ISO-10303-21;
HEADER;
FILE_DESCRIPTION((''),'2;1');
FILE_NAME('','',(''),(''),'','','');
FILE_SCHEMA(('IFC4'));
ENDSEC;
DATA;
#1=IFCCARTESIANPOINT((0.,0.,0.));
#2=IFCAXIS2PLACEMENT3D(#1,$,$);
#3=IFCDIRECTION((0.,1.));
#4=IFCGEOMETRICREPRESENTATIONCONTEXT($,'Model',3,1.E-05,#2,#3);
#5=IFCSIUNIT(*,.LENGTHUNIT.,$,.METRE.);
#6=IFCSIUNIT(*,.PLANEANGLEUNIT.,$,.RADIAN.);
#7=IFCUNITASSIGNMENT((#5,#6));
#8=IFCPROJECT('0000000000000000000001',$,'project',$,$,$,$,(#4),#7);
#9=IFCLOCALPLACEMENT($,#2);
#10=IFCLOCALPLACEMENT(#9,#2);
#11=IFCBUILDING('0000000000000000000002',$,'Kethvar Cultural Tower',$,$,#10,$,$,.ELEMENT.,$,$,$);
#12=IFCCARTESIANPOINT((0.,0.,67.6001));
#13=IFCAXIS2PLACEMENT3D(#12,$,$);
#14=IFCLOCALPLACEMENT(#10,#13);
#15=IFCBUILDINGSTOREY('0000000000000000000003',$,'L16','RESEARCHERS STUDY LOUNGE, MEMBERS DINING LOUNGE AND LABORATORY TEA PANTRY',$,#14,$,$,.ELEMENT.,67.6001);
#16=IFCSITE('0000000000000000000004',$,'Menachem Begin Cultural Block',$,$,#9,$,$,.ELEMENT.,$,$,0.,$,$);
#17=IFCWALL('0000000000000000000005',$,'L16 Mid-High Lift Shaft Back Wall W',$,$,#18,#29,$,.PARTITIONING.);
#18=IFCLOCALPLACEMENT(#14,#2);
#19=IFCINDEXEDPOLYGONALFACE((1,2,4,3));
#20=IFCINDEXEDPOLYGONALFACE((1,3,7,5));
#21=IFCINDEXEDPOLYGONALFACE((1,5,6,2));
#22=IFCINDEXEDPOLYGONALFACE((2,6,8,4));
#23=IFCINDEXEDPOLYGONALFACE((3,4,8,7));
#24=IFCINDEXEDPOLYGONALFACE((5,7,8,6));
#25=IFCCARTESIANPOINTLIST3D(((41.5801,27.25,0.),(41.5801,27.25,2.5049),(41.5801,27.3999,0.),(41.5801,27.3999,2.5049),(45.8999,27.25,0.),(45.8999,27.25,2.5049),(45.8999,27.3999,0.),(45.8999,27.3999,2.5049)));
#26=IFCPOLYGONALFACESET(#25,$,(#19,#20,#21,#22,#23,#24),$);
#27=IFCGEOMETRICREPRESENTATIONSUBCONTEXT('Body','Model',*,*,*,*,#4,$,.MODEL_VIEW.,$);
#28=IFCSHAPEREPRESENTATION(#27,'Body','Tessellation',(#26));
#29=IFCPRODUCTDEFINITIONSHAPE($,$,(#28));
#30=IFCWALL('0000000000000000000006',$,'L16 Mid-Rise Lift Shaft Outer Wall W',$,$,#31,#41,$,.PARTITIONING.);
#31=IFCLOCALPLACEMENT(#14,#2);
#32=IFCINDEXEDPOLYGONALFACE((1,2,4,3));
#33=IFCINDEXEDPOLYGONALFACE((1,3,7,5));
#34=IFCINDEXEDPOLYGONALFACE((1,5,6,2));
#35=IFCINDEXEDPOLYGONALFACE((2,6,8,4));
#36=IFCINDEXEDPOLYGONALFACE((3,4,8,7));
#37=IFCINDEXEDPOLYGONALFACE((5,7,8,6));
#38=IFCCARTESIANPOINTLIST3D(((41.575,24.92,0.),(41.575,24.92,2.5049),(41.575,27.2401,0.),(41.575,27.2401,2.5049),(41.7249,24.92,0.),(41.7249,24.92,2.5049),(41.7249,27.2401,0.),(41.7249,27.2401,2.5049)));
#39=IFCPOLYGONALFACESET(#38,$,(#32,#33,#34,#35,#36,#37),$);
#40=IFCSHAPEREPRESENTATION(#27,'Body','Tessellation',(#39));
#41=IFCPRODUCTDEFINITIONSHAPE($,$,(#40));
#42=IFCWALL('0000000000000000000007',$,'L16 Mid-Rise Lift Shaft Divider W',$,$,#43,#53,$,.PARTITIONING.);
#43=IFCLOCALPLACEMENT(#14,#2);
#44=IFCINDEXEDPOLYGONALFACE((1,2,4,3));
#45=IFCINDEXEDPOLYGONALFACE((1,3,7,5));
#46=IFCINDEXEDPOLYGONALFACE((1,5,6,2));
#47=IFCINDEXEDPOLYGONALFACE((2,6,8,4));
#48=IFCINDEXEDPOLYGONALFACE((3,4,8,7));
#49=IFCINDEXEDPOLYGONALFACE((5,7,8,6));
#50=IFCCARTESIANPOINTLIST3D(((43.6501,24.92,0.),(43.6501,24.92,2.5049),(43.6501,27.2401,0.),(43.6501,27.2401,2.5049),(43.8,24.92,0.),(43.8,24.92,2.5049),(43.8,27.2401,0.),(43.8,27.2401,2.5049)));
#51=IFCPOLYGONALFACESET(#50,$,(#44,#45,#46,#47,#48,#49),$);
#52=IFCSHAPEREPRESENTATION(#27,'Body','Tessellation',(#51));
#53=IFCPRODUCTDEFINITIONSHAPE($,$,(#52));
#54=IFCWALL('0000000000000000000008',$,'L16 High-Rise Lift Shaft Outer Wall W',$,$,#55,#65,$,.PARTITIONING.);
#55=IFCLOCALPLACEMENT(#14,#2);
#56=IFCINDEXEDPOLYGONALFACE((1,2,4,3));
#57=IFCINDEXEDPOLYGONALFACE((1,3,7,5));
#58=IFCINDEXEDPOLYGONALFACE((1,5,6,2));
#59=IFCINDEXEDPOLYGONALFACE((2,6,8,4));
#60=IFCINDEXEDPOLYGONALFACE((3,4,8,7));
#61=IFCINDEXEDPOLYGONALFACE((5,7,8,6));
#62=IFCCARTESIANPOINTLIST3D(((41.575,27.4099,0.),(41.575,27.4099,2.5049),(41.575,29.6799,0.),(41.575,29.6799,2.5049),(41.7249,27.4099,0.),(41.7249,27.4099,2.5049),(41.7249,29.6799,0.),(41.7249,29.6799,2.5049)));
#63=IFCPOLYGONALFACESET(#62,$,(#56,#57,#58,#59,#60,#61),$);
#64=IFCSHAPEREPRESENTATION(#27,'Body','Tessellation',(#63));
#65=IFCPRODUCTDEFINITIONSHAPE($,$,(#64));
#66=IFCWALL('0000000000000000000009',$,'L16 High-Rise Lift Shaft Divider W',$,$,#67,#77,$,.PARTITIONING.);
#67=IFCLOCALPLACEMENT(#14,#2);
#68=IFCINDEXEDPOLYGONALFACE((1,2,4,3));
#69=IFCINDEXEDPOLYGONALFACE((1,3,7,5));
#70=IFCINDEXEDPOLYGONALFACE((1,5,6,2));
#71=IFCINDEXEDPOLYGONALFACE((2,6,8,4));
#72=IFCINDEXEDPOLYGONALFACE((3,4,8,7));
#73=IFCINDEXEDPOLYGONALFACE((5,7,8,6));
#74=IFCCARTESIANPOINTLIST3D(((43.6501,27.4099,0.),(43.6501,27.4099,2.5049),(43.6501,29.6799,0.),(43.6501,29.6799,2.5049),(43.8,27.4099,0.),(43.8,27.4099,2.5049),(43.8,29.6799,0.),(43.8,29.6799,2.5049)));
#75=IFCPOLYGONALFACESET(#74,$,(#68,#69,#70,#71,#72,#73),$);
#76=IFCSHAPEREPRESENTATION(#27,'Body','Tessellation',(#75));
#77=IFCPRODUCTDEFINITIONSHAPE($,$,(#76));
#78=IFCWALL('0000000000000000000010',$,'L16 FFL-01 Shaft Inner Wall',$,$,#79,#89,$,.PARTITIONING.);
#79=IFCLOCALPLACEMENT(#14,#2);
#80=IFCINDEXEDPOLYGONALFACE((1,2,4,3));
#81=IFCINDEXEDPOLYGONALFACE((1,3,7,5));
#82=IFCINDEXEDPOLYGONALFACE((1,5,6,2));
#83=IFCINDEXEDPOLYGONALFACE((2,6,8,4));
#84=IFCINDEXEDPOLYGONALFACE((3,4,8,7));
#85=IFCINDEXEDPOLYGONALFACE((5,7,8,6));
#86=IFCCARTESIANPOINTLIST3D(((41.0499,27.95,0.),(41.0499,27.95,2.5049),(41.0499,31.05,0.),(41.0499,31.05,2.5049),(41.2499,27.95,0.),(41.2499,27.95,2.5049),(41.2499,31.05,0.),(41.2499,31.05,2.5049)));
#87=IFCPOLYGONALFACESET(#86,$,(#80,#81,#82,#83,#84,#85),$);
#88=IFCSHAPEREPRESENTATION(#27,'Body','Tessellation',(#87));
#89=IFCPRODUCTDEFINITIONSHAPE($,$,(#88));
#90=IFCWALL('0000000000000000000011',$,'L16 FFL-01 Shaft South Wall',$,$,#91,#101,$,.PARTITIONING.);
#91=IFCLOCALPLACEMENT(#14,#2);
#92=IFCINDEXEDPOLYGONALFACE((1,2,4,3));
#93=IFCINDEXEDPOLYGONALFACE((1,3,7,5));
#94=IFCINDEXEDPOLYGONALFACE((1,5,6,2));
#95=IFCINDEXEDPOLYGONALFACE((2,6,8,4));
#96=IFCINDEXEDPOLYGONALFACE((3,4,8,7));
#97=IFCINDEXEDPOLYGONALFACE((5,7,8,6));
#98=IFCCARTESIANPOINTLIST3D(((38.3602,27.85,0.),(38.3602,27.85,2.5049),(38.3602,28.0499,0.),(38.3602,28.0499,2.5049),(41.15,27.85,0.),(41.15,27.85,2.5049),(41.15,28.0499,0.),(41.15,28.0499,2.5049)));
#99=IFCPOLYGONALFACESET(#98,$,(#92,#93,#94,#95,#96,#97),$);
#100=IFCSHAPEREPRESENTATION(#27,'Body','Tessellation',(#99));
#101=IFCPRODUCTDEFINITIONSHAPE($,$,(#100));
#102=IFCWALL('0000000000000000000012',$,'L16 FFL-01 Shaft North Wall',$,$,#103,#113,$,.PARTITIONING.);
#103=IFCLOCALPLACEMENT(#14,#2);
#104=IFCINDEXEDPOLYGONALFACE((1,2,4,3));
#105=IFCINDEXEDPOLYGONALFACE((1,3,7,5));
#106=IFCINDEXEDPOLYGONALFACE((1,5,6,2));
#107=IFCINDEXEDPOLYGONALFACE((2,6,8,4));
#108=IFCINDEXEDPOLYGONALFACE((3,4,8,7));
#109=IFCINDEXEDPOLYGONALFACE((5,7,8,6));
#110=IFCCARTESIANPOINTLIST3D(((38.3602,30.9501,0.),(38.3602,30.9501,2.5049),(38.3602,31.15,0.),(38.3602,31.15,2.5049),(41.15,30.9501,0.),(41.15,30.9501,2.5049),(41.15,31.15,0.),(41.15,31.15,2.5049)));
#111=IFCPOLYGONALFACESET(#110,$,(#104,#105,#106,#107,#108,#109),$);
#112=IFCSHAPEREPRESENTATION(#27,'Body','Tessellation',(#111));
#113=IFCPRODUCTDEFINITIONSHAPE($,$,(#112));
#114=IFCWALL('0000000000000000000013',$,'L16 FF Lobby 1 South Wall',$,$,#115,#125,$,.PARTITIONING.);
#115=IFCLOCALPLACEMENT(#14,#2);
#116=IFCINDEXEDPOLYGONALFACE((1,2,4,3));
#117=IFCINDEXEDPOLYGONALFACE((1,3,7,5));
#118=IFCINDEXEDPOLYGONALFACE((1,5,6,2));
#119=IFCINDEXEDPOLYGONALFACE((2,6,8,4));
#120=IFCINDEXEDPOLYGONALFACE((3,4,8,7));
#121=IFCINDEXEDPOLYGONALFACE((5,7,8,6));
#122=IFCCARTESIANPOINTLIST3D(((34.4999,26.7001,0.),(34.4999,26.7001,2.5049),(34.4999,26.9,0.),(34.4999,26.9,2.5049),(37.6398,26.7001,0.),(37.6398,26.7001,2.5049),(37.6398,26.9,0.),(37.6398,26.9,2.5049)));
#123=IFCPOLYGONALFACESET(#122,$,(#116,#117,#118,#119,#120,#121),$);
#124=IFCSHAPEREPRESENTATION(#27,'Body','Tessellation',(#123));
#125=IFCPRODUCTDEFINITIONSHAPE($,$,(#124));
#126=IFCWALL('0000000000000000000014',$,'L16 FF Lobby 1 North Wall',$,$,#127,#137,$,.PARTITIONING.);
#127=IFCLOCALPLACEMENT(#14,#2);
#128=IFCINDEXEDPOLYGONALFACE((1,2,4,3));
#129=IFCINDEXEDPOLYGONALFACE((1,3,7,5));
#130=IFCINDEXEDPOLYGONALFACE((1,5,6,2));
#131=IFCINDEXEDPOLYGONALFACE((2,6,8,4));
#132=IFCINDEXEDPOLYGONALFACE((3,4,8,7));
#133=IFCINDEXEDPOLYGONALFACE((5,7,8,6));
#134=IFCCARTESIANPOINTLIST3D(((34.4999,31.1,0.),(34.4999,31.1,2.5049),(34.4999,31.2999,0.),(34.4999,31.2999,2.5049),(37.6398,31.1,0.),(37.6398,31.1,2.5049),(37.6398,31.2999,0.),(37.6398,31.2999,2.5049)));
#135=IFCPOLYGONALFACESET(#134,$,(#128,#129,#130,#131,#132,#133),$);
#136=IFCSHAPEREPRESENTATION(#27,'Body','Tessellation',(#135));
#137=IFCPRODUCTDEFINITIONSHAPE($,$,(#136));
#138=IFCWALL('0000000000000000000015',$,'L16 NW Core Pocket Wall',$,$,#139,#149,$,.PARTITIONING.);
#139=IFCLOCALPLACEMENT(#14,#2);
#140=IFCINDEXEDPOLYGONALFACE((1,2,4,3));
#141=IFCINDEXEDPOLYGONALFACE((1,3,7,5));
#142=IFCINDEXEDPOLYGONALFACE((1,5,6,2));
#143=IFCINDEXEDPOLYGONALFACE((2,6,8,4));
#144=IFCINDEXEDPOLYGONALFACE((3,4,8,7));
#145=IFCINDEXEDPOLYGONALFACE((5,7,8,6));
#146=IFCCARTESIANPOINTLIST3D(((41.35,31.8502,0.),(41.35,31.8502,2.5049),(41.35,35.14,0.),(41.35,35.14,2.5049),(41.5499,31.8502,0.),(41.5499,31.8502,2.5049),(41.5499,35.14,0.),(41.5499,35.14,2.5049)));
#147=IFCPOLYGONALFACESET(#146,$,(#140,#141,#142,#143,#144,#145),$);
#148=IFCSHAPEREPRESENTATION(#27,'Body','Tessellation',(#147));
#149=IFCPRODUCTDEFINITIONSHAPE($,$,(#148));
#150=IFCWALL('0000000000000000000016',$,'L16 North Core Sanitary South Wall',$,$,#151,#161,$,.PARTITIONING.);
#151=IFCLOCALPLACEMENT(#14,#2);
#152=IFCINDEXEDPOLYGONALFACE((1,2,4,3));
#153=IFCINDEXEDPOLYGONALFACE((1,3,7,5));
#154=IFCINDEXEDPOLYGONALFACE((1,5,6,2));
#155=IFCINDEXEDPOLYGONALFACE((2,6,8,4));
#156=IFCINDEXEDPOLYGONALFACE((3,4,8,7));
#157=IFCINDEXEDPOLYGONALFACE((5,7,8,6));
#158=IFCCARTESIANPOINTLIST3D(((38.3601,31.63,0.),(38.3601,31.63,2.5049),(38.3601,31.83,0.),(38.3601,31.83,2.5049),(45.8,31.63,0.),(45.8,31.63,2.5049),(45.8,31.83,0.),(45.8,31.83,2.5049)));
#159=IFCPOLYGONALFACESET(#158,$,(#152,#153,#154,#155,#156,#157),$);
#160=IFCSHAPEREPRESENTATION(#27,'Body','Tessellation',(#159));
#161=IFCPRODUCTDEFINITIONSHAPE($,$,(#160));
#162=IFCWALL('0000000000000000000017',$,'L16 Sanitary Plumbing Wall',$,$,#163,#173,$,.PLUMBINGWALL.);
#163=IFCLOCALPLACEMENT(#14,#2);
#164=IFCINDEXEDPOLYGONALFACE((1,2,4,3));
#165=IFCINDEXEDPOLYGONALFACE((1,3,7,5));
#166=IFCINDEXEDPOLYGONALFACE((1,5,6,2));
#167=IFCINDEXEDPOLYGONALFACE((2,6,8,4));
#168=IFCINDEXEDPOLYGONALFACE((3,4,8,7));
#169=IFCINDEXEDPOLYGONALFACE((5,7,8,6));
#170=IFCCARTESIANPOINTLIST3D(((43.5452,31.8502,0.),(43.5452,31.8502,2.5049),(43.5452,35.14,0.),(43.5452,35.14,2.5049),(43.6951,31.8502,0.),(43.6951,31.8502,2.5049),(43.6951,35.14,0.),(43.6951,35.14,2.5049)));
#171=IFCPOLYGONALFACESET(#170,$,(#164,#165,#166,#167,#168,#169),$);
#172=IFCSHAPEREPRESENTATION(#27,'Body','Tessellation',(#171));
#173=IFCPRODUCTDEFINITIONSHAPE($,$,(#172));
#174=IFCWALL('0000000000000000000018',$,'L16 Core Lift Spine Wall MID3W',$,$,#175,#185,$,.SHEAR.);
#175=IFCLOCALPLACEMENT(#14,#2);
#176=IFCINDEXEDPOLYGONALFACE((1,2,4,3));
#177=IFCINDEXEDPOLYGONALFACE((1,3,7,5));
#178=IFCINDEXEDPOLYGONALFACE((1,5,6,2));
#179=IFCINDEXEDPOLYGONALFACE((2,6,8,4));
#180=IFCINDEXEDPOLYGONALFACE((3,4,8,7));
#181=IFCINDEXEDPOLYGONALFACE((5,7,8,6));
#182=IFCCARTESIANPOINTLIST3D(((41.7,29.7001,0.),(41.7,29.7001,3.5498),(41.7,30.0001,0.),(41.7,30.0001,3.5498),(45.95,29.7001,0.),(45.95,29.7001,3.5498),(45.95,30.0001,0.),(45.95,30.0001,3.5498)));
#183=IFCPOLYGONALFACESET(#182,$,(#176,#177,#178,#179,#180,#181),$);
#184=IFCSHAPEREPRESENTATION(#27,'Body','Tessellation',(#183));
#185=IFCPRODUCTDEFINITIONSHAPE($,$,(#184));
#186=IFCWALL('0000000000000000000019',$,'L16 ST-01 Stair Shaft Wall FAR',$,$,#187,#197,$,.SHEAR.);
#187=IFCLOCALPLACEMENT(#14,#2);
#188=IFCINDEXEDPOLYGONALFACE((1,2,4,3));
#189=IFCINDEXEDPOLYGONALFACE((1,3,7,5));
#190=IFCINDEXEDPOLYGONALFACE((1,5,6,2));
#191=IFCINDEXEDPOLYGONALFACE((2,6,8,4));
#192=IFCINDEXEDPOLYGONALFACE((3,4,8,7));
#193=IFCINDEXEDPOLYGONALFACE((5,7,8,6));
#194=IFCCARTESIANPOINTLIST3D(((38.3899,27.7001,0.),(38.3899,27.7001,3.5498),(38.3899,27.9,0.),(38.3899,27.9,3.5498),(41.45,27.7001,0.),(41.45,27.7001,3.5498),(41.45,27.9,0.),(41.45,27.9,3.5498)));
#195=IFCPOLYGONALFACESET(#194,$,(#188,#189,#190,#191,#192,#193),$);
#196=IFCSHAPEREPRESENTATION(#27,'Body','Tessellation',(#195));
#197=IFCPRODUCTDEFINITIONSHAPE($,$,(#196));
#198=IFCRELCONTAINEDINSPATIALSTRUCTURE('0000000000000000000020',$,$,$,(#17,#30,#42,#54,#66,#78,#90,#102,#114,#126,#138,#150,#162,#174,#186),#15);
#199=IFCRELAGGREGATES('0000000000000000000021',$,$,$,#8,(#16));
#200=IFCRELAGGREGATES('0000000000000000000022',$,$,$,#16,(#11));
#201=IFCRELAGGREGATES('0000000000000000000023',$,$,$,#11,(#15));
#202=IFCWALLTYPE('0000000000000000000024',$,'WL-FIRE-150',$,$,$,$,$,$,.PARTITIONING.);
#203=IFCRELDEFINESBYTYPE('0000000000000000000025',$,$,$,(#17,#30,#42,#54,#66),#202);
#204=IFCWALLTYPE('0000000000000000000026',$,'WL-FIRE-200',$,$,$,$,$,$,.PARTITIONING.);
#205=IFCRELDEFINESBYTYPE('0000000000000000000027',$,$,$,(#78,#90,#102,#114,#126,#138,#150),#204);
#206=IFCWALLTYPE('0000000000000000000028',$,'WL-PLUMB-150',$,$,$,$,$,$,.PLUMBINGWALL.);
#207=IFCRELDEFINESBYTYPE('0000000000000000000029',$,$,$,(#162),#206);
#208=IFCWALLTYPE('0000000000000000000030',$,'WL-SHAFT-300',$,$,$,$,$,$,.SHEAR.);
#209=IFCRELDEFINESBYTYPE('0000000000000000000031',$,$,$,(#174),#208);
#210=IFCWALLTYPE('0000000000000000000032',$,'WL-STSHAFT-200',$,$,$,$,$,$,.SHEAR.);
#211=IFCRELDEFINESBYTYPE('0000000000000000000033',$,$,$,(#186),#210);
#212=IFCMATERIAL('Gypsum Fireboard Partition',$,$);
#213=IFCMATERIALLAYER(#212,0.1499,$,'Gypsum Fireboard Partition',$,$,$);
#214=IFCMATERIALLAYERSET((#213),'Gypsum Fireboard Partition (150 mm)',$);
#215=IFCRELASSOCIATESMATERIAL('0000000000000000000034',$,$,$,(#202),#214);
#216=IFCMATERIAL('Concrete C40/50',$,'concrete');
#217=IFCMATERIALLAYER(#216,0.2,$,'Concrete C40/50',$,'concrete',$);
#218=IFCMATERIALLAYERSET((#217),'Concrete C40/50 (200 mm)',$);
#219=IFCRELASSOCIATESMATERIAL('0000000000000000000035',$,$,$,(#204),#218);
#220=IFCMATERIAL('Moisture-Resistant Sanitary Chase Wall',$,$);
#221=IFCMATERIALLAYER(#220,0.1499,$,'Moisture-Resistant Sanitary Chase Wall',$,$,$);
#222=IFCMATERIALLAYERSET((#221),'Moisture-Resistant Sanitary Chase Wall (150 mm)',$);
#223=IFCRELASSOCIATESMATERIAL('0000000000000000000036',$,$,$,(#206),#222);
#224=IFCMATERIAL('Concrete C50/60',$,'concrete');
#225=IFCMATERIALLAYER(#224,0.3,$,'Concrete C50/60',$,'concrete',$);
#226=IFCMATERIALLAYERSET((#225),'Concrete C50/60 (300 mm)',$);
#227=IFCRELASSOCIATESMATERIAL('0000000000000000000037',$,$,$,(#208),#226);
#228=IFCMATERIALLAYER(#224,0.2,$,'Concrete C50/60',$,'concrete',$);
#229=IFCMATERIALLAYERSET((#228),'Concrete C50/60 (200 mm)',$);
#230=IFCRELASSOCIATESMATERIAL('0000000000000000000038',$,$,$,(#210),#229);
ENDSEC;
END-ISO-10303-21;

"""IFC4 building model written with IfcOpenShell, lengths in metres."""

from ifc_helpers import new_model, si_unit, direction, frame, frame_2d, origin, place, context, subcontext, project, spatial, rectangle, extrude, material, layer, layer_set, type_object, element, save


model = new_model("IFC4")

# Units and contexts
model_context = context("Model", 3, precision=1e-05, world=origin(), true_north=direction((0.0, 1.0)))
body_context = subcontext(model_context, "Body", "Model", "MODEL_VIEW")
ifc_project = project(units=[si_unit("LENGTHUNIT", "METRE"), si_unit("PLANEANGLEUNIT", "RADIAN")], contexts=[model_context])

# Site, building, storey
site_placement = place(None, origin())
site = spatial("IfcSite", under=ifc_project, at=site_placement, Name="Menachem Begin Cultural Block", CompositionType="ELEMENT", RefElevation=0.0)
building_placement = place(site_placement, origin())
building = spatial("IfcBuilding", under=site, at=building_placement, Name="Kethvar Cultural Tower", CompositionType="ELEMENT")
storey_placement = place(building_placement, frame((0.0, 0.0, 67.6001)))
storey = spatial("IfcBuildingStorey", under=building, at=storey_placement, Name="L16", Description="RESEARCHERS STUDY LOUNGE, MEMBERS DINING LOUNGE AND LABORATORY TEA PANTRY", CompositionType="ELEMENT", Elevation=67.6001)

# Walls
ifc_material_1 = material(Name="Gypsum Fireboard Partition")
ifc_layer_1 = layer(ifc_material_1, 0.1499, Name="Gypsum Fireboard Partition")
ifc_layer_set_1 = layer_set([ifc_layer_1], Name="Gypsum Fireboard Partition (150 mm)")
wall_type_1 = type_object("IfcWallType", Name="WL-FIRE-150", PredefinedType="PARTITIONING", material=ifc_layer_set_1)
wall_1_placement = place(storey_placement, frame((41.5801, 27.325, 0.0), z_axis=(0.0, 0.0, 1.0), x_axis=(1.0, 0.0, 0.0)))
element("IfcWall", 1, at=wall_1_placement, inside=storey, type_object=wall_type_1, Name="L16 Mid-High Lift Shaft Back Wall W", PredefinedType="PARTITIONING", context=body_context, shape_type="SweptSolid", body=[
    extrude(rectangle(XDim=4.3198, YDim=0.1499, at=frame_2d((2.1599, 0.0))), origin(), (0.0, 0.0, 1.0), 2.5049),
])
for number, where, z_axis, x_axis, name in (
    (2, (41.6499, 24.9199, 0.0), (0.0, 0.0, 1.0), (0.0, 1.0, 0.0), "L16 Mid-Rise Lift Shaft Outer Wall W"),
    (3, (43.7251, 24.9199, 0.0), (0.0, 0.0, 1.0), (0.0, 1.0, 0.0), "L16 Mid-Rise Lift Shaft Divider W"),
):
    element("IfcWall", number, at=place(storey_placement, frame(where, z_axis=z_axis, x_axis=x_axis)), inside=storey, type_object=wall_type_1, Name=name, PredefinedType="PARTITIONING", context=body_context, shape_type="SweptSolid", body=[
        extrude(rectangle(XDim=2.3201, YDim=0.1499, at=frame_2d((1.1602, 0.0))), origin(), (0.0, 0.0, 1.0), 2.5049),
    ])
for number, where, z_axis, x_axis, name in (
    (4, (41.6499, 27.4099, 0.0), (0.0, 0.0, 1.0), (0.0, 1.0, 0.0), "L16 High-Rise Lift Shaft Outer Wall W"),
    (5, (43.7251, 27.4099, 0.0), (0.0, 0.0, 1.0), (0.0, 1.0, 0.0), "L16 High-Rise Lift Shaft Divider W"),
):
    element("IfcWall", number, at=place(storey_placement, frame(where, z_axis=z_axis, x_axis=x_axis)), inside=storey, type_object=wall_type_1, Name=name, PredefinedType="PARTITIONING", context=body_context, shape_type="SweptSolid", body=[
        extrude(rectangle(XDim=2.27, YDim=0.1499, at=frame_2d((1.135, 0.0))), origin(), (0.0, 0.0, 1.0), 2.5049),
    ])
ifc_material_2 = material(Name="Concrete C40/50", Category="concrete")
ifc_layer_2 = layer(ifc_material_2, 0.2, Name="Concrete C40/50", Category="concrete")
ifc_layer_set_2 = layer_set([ifc_layer_2], Name="Concrete C40/50 (200 mm)")
wall_type_2 = type_object("IfcWallType", Name="WL-FIRE-200", PredefinedType="PARTITIONING", material=ifc_layer_set_2)
wall_2_placement = place(storey_placement, frame((41.1499, 27.95, 0.0), z_axis=(0.0, 0.0, 1.0), x_axis=(0.0, 1.0, 0.0)))
element("IfcWall", 6, at=wall_2_placement, inside=storey, type_object=wall_type_2, Name="L16 FFL-01 Shaft Inner Wall", PredefinedType="PARTITIONING", context=body_context, shape_type="SweptSolid", body=[
    extrude(rectangle(XDim=3.1001, YDim=0.2, at=frame_2d((1.55, 0.0))), origin(), (0.0, 0.0, 1.0), 2.5049),
])
for number, where, z_axis, x_axis, name in (
    (7, (38.3601, 27.95, 0.0), (0.0, 0.0, 1.0), (1.0, 0.0, 0.0), "L16 FFL-01 Shaft South Wall"),
    (8, (38.3601, 31.05, 0.0), (0.0, 0.0, 1.0), (1.0, 0.0, 0.0), "L16 FFL-01 Shaft North Wall"),
):
    element("IfcWall", number, at=place(storey_placement, frame(where, z_axis=z_axis, x_axis=x_axis)), inside=storey, type_object=wall_type_2, Name=name, PredefinedType="PARTITIONING", context=body_context, shape_type="SweptSolid", body=[
        extrude(rectangle(XDim=2.7898, YDim=0.2, at=frame_2d((1.395, 0.0))), origin(), (0.0, 0.0, 1.0), 2.5049),
    ])

# Walls
for number, where, z_axis, x_axis, name in (
    (9, (34.5, 26.8, 0.0), (0.0, 0.0, 1.0), (1.0, 0.0, 0.0), "L16 FF Lobby 1 South Wall"),
    (10, (34.5, 31.2, 0.0), (0.0, 0.0, 1.0), (1.0, 0.0, 0.0), "L16 FF Lobby 1 North Wall"),
):
    element("IfcWall", number, at=place(storey_placement, frame(where, z_axis=z_axis, x_axis=x_axis)), inside=storey, type_object=wall_type_2, Name=name, PredefinedType="PARTITIONING", context=body_context, shape_type="SweptSolid", body=[
        extrude(rectangle(XDim=3.1399, YDim=0.2, at=frame_2d((1.5698, 0.0))), origin(), (0.0, 0.0, 1.0), 2.5049),
    ])
wall_3_placement = place(storey_placement, frame((41.45, 31.8501, 0.0), z_axis=(0.0, 0.0, 1.0), x_axis=(0.0, 1.0, 0.0)))
element("IfcWall", 11, at=wall_3_placement, inside=storey, type_object=wall_type_2, Name="L16 NW Core Pocket Wall", PredefinedType="PARTITIONING", context=body_context, shape_type="SweptSolid", body=[
    extrude(rectangle(XDim=3.2898, YDim=0.2, at=frame_2d((1.645, 0.0))), origin(), (0.0, 0.0, 1.0), 2.5049),
])
wall_4_placement = place(storey_placement, frame((38.3601, 31.73, 0.0), z_axis=(0.0, 0.0, 1.0), x_axis=(1.0, 0.0, 0.0)))
element("IfcWall", 12, at=wall_4_placement, inside=storey, type_object=wall_type_2, Name="L16 North Core Sanitary South Wall", PredefinedType="PARTITIONING", context=body_context, shape_type="SweptSolid", body=[
    extrude(rectangle(XDim=7.4399, YDim=0.2, at=frame_2d((3.72, 0.0))), origin(), (0.0, 0.0, 1.0), 2.5049),
])
ifc_material_3 = material(Name="Moisture-Resistant Sanitary Chase Wall")
ifc_layer_3 = layer(ifc_material_3, 0.1499, Name="Moisture-Resistant Sanitary Chase Wall")
ifc_layer_set_3 = layer_set([ifc_layer_3], Name="Moisture-Resistant Sanitary Chase Wall (150 mm)")
wall_type_3 = type_object("IfcWallType", Name="WL-PLUMB-150", PredefinedType="PLUMBINGWALL", material=ifc_layer_set_3)
wall_5_placement = place(storey_placement, frame((43.6201, 31.8501, 0.0), z_axis=(0.0, 0.0, 1.0), x_axis=(0.0, 1.0, 0.0)))
element("IfcWall", 13, at=wall_5_placement, inside=storey, type_object=wall_type_3, Name="L16 Sanitary Plumbing Wall", PredefinedType="PLUMBINGWALL", context=body_context, shape_type="SweptSolid", body=[
    extrude(rectangle(XDim=3.2898, YDim=0.1499, at=frame_2d((1.645, 0.0))), origin(), (0.0, 0.0, 1.0), 2.5049),
])
ifc_material_4 = material(Name="Concrete C50/60", Category="concrete")
ifc_layer_4 = layer(ifc_material_4, 0.3, Name="Concrete C50/60", Category="concrete")
ifc_layer_set_4 = layer_set([ifc_layer_4], Name="Concrete C50/60 (300 mm)")
wall_type_4 = type_object("IfcWallType", Name="WL-SHAFT-300", PredefinedType="SHEAR", material=ifc_layer_set_4)
wall_6_placement = place(storey_placement, frame((41.7, 29.8501, 0.0), z_axis=(0.0, 0.0, 1.0), x_axis=(1.0, 0.0, 0.0)))
element("IfcWall", 14, at=wall_6_placement, inside=storey, type_object=wall_type_4, Name="L16 Core Lift Spine Wall MID3W", PredefinedType="SHEAR", context=body_context, shape_type="SweptSolid", body=[
    extrude(rectangle(XDim=4.25, YDim=0.3, at=frame_2d((2.125, 0.0))), origin(), (0.0, 0.0, 1.0), 3.5498),
])
ifc_layer_5 = layer(ifc_material_4, 0.2, Name="Concrete C50/60", Category="concrete")
ifc_layer_set_5 = layer_set([ifc_layer_5], Name="Concrete C50/60 (200 mm)")
wall_type_5 = type_object("IfcWallType", Name="WL-STSHAFT-200", PredefinedType="SHEAR", material=ifc_layer_set_5)
wall_7_placement = place(storey_placement, frame((38.3899, 27.8, 0.0), z_axis=(0.0, 0.0, 1.0), x_axis=(1.0, 0.0, 0.0)))
element("IfcWall", 15, at=wall_7_placement, inside=storey, type_object=wall_type_5, Name="L16 ST-01 Stair Shaft Wall FAR", PredefinedType="SHEAR", context=body_context, shape_type="SweptSolid", body=[
    extrude(rectangle(XDim=3.0601, YDim=0.2, at=frame_2d((1.53, 0.0))), origin(), (0.0, 0.0, 1.0), 3.5498),
])

save(model, "model.ifc")
